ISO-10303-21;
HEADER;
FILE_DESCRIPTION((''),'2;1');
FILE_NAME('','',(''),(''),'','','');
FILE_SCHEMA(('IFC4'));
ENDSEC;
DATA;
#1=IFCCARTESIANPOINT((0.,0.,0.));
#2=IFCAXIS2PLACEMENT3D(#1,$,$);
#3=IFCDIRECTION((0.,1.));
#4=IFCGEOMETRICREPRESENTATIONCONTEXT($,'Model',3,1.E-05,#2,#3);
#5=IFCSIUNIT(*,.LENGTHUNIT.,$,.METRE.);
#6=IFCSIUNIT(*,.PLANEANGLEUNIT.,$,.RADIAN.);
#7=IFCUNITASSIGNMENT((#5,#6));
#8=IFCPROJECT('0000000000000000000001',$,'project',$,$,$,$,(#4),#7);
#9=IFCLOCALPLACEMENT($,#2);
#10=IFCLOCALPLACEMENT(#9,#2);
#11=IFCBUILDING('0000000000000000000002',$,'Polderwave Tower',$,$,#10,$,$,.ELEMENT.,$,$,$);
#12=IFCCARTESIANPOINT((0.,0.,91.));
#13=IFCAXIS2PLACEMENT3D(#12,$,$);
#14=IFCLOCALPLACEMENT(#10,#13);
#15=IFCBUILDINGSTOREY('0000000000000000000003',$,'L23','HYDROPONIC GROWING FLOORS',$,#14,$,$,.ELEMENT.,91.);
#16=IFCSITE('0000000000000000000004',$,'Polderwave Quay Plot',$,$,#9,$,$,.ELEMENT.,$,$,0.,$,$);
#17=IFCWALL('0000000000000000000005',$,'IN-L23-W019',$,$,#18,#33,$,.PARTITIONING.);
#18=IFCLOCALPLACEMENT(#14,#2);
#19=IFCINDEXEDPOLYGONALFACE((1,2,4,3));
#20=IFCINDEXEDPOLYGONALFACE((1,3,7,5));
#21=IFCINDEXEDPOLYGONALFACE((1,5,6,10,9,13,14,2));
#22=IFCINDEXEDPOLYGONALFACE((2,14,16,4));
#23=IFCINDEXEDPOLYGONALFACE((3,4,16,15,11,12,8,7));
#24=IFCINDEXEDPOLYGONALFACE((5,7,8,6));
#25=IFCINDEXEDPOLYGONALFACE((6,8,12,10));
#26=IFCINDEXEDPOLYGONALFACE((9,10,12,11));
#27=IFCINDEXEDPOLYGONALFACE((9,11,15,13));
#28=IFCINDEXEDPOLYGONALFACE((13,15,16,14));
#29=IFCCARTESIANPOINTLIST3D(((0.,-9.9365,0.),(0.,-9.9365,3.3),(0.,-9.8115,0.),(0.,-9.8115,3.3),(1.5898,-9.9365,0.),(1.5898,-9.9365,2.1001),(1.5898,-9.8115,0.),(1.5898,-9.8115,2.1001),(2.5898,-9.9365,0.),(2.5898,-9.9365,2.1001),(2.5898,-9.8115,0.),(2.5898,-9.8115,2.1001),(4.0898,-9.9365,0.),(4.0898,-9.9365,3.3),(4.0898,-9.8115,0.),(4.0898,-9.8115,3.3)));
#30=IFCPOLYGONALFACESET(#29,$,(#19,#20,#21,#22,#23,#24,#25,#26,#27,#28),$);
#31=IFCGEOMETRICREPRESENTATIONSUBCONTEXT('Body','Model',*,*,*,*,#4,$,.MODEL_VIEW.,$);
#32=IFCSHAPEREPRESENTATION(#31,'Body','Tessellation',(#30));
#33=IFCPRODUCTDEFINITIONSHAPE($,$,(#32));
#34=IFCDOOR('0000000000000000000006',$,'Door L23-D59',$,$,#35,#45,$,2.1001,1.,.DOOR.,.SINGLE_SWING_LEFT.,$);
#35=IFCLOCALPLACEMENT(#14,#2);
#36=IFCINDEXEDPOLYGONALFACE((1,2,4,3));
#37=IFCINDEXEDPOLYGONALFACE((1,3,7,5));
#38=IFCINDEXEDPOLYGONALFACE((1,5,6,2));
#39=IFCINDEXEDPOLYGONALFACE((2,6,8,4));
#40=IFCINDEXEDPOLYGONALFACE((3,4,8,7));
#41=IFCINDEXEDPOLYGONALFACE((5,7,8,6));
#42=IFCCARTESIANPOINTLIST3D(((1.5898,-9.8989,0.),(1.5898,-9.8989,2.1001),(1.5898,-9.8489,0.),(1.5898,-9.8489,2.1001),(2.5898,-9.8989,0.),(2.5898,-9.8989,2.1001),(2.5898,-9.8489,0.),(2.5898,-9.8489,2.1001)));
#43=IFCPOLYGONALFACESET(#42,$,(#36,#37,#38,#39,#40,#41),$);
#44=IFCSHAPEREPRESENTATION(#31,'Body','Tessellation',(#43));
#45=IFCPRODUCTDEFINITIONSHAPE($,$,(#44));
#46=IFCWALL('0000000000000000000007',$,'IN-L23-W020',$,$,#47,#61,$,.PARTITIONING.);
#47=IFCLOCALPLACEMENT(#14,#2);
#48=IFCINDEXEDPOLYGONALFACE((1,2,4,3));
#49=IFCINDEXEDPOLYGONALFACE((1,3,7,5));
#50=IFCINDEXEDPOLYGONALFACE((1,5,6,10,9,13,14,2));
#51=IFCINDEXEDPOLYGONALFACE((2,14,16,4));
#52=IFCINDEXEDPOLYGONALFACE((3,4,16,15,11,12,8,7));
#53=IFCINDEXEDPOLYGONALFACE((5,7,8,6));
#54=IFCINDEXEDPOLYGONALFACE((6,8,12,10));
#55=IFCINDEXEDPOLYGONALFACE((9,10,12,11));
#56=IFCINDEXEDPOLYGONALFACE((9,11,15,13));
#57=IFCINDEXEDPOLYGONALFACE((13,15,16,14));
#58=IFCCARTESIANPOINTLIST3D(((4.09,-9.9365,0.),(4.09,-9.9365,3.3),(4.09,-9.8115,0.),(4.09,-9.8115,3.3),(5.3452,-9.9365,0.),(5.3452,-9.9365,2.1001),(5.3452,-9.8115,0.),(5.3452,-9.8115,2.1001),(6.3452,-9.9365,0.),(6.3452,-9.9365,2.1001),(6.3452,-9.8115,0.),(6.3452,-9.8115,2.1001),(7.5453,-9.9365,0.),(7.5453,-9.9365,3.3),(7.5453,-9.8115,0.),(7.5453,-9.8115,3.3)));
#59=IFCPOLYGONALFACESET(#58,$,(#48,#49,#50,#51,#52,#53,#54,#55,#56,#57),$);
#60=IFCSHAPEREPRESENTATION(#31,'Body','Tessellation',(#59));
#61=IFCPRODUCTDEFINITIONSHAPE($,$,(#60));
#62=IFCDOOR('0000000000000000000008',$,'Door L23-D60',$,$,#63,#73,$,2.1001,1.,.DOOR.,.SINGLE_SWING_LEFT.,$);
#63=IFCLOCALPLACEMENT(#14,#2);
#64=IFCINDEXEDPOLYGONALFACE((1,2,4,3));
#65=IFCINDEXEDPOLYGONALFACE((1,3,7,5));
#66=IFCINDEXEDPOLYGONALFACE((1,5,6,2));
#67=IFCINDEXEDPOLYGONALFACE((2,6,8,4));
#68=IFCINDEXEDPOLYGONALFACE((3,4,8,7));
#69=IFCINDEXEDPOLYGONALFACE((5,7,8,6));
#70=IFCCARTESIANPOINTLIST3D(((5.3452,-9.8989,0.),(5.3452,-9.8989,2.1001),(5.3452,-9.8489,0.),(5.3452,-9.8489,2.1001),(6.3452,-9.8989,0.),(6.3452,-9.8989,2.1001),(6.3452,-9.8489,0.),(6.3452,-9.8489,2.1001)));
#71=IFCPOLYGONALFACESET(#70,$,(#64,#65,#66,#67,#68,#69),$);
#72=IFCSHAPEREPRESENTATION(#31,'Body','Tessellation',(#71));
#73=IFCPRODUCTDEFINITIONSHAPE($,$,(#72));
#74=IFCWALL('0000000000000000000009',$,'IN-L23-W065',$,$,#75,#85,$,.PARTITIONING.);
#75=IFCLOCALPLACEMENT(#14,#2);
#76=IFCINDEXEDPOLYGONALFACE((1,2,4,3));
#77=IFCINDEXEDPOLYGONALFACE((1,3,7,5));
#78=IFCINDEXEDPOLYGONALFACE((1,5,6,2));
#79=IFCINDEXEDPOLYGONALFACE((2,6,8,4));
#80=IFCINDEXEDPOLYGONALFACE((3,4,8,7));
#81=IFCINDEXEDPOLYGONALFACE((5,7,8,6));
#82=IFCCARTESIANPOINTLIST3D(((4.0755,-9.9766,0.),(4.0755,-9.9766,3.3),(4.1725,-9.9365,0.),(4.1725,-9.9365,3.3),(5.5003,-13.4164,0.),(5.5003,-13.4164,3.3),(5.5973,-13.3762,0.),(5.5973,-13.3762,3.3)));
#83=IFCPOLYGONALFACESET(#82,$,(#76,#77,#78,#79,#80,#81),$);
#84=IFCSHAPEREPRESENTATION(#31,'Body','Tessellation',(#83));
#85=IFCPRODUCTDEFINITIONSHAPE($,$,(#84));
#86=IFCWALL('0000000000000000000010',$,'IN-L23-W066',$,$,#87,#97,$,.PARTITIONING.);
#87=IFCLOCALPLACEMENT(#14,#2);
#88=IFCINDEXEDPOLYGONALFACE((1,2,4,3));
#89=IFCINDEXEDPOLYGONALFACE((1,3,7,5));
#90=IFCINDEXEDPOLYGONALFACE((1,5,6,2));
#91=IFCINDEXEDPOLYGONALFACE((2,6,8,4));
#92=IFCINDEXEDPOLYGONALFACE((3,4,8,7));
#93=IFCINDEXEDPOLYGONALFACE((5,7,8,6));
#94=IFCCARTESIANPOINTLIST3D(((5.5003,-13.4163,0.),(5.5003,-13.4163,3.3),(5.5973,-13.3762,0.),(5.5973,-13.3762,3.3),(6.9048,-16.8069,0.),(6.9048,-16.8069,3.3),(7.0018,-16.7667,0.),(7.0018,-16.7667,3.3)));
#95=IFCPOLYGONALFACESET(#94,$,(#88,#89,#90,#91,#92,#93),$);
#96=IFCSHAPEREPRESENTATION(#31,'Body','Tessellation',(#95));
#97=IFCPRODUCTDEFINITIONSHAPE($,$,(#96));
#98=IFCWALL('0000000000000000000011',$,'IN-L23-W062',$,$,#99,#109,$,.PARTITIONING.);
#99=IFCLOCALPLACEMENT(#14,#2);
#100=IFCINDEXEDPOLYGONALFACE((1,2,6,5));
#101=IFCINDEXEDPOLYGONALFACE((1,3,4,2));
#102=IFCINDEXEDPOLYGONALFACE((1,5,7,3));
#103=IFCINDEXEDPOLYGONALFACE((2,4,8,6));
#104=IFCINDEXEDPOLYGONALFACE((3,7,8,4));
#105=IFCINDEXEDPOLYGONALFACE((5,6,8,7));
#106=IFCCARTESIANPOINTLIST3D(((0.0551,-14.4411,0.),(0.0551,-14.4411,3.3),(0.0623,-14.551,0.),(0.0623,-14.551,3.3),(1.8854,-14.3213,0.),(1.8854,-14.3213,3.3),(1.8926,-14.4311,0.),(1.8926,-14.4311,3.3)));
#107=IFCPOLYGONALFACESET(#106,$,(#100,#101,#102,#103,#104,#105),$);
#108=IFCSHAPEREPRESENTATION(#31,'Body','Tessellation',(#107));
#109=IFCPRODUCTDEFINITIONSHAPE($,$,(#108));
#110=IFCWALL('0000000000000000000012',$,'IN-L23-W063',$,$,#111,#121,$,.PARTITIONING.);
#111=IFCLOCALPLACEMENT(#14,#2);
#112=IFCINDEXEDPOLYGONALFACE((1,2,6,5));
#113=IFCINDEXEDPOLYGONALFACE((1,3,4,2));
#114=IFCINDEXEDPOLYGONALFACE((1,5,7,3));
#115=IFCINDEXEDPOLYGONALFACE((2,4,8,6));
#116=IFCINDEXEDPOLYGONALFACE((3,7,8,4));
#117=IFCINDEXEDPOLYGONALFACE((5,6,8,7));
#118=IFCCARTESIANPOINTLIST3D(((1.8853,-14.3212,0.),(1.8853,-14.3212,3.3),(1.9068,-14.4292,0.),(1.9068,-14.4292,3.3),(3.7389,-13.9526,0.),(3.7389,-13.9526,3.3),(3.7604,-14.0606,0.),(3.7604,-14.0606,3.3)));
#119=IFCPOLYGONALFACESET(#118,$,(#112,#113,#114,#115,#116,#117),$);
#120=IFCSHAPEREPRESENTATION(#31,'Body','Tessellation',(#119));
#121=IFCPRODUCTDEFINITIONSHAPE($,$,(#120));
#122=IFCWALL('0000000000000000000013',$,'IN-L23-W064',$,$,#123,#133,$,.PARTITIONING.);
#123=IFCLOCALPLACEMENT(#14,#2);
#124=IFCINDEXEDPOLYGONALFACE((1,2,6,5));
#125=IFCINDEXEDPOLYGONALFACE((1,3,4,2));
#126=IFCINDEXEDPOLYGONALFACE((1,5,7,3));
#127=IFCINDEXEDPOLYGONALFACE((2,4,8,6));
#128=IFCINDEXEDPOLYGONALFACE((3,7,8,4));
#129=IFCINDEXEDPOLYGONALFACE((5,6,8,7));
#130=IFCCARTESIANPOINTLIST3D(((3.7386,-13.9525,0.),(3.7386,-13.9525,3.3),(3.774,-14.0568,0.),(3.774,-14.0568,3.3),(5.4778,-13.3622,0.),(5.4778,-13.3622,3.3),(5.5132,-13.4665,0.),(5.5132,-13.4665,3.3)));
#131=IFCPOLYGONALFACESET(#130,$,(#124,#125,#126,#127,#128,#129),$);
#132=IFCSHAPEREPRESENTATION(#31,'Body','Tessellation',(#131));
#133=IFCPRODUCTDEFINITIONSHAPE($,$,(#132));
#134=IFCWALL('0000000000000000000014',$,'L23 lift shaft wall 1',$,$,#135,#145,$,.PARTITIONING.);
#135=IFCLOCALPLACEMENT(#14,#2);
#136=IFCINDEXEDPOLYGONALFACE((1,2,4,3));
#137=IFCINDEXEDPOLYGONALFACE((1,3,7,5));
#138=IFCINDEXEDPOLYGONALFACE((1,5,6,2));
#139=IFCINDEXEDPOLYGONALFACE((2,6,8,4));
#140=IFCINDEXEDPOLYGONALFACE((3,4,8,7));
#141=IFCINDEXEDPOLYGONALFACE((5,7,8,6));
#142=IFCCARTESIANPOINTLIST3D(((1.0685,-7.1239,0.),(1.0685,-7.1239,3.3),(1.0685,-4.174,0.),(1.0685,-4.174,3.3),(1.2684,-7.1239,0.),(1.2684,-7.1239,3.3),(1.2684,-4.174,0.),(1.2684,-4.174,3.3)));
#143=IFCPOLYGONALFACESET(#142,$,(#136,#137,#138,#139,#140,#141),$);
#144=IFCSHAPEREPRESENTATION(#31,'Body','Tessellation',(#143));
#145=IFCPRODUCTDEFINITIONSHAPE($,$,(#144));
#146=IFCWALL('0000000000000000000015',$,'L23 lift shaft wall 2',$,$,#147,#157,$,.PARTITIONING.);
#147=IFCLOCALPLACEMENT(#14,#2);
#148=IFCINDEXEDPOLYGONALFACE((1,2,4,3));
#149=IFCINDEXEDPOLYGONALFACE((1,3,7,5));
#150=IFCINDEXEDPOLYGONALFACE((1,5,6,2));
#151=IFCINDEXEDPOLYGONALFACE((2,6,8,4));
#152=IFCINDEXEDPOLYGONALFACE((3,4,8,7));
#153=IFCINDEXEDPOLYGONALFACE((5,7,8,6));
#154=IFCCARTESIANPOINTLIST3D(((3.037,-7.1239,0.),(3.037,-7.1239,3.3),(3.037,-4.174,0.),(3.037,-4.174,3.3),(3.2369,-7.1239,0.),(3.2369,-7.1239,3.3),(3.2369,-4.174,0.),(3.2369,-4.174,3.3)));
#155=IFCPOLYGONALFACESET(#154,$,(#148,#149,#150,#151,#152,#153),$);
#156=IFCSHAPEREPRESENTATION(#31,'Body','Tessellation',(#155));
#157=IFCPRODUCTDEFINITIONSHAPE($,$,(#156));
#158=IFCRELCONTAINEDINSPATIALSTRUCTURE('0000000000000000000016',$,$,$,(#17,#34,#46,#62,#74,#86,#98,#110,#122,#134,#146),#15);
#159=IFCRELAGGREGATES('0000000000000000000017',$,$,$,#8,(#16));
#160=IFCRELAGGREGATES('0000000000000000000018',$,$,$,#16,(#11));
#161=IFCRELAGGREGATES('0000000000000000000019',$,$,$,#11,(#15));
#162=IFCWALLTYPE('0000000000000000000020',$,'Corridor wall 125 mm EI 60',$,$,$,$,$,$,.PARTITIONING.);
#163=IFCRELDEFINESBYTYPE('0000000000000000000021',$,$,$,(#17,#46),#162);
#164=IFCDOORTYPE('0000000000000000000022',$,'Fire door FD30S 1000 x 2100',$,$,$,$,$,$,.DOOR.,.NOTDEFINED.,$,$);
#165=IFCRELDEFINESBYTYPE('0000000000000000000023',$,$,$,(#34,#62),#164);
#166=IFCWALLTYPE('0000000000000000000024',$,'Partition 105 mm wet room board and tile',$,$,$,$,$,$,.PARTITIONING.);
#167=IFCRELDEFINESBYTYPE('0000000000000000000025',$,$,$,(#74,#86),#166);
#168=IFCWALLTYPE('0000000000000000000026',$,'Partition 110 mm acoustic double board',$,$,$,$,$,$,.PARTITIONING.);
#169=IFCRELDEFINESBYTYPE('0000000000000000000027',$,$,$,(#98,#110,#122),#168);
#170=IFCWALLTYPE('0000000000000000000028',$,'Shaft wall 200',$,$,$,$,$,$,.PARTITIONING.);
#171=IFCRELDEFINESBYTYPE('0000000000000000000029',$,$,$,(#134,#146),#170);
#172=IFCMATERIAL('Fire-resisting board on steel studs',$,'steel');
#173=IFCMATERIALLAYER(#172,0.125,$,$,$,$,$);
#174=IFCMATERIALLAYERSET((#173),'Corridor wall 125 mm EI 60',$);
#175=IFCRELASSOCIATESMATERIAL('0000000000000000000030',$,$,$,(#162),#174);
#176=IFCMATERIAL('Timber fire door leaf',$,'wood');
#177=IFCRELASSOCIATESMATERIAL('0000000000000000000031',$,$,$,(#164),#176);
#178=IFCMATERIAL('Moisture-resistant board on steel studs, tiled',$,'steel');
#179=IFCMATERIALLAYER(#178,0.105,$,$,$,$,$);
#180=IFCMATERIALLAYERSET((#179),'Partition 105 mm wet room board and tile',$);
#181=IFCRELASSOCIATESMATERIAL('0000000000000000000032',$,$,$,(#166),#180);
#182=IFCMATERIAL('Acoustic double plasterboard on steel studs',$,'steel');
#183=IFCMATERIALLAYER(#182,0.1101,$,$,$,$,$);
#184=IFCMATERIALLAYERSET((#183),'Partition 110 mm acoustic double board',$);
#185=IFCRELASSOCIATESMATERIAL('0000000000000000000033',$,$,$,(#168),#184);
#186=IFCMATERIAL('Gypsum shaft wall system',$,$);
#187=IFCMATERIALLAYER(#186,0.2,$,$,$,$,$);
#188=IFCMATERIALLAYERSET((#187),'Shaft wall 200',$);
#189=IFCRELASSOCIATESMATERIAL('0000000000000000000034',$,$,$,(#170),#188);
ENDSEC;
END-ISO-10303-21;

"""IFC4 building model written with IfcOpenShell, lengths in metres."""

from ifc_helpers import new_model, si_unit, direction, frame, frame_2d, origin, place, context, subcontext, project, spatial, rectangle, extrude, material, layer, layer_set, type_object, element, fill, save


model = new_model("IFC4")

# Units and contexts
model_context = context("Model", 3, precision=1e-05, world=origin(), true_north=direction((0.0, 1.0)))
body_context = subcontext(model_context, "Body", "Model", "MODEL_VIEW")
ifc_project = project(units=[si_unit("LENGTHUNIT", "METRE"), si_unit("PLANEANGLEUNIT", "RADIAN")], contexts=[model_context])

# Site, building, storey
site_placement = place(None, origin())
site = spatial("IfcSite", under=ifc_project, at=site_placement, Name="Polderwave Quay Plot", CompositionType="ELEMENT", RefElevation=0.0)
building_placement = place(site_placement, origin())
building = spatial("IfcBuilding", under=site, at=building_placement, Name="Polderwave Tower", CompositionType="ELEMENT")
storey_placement = place(building_placement, frame((0.0, 0.0, 91.0)))
storey = spatial("IfcBuildingStorey", under=building, at=storey_placement, Name="L23", Description="HYDROPONIC GROWING FLOORS", CompositionType="ELEMENT", Elevation=91.0)

# Walls, openings, doors
ifc_material_1 = material(Name="Fire-resisting board on steel studs", Category="steel")
ifc_layer_1 = layer(ifc_material_1, 0.125)
ifc_layer_set_1 = layer_set([ifc_layer_1], Name="Corridor wall 125 mm EI 60")
wall_type_1 = type_object("IfcWallType", Name="Corridor wall 125 mm EI 60", PredefinedType="PARTITIONING", material=ifc_layer_set_1)
wall_1_placement = place(storey_placement, frame((4.0898, -9.874, 0.0), z_axis=(0.0, 0.0, 1.0), x_axis=(-1.0, 0.0, 0.0)))
wall_1 = element("IfcWall", 1, at=wall_1_placement, inside=storey, type_object=wall_type_1, Name="IN-L23-W019", PredefinedType="PARTITIONING", context=body_context, shape_type="SweptSolid", body=[
    extrude(rectangle(XDim=4.0898, YDim=0.125, at=frame_2d((2.0449, 0.0))), origin(), (0.0, 0.0, 1.0), 3.3),
])
opening_1_placement = place(wall_1_placement, frame((1.5, 0.0, 0.0)))
opening_1 = element("IfcOpeningElement", 2, at=opening_1_placement, cuts=wall_1, PredefinedType="OPENING", context=body_context, shape_type="SweptSolid", body=[
    extrude(rectangle(XDim=1.0, YDim=2.1001, at=frame_2d((0.5, 1.05))), frame((0.0, 0.0725, 0.0), z_axis=(0.0, -1.0, 0.0), x_axis=(1.0, 0.0, 0.0)), (0.0, 0.0, 1.0), 0.145),
])
ifc_material_2 = material(Name="Timber fire door leaf", Category="wood")
door_type = type_object("IfcDoorType", Name="Fire door FD30S 1000 x 2100", OperationType="NOTDEFINED", PredefinedType="DOOR", material=ifc_material_2)
door_1_placement = place(opening_1_placement, origin())
door_1 = element("IfcDoor", 3, at=door_1_placement, inside=storey, type_object=door_type, Name="Door L23-D59", OperationType="SINGLE_SWING_LEFT", OverallHeight=2.1001, OverallWidth=1.0, PredefinedType="DOOR", context=body_context, shape_type="SweptSolid", body=[
    extrude(rectangle(XDim=1.0, YDim=2.1001, at=frame_2d((0.5, 1.05))), frame((0.0, 0.0249, 0.0), z_axis=(0.0, -1.0, 0.0), x_axis=(1.0, 0.0, 0.0)), (0.0, 0.0, 1.0), 0.05),
])
fill(opening_1, door_1)
wall_2_placement = place(storey_placement, frame((7.5452, -9.874, 0.0), z_axis=(0.0, 0.0, 1.0), x_axis=(-1.0, 0.0, 0.0)))
wall_2 = element("IfcWall", 4, at=wall_2_placement, inside=storey, type_object=wall_type_1, Name="IN-L23-W020", PredefinedType="PARTITIONING", context=body_context, shape_type="SweptSolid", body=[
    extrude(rectangle(XDim=3.4553, YDim=0.125, at=frame_2d((1.7275, 0.0))), origin(), (0.0, 0.0, 1.0), 3.3),
])
opening_2_placement = place(wall_2_placement, frame((1.2, 0.0, 0.0)))
opening_2 = element("IfcOpeningElement", 5, at=opening_2_placement, cuts=wall_2, PredefinedType="OPENING", context=body_context, shape_type="SweptSolid", body=[
    extrude(rectangle(XDim=1.0, YDim=2.1001, at=frame_2d((0.5, 1.05))), frame((0.0, 0.0725, 0.0), z_axis=(0.0, -1.0, 0.0), x_axis=(1.0, 0.0, 0.0)), (0.0, 0.0, 1.0), 0.145),
])
door_2_placement = place(opening_2_placement, origin())
door_2 = element("IfcDoor", 6, at=door_2_placement, inside=storey, type_object=door_type, Name="Door L23-D60", OperationType="SINGLE_SWING_LEFT", OverallHeight=2.1001, OverallWidth=1.0, PredefinedType="DOOR", context=body_context, shape_type="SweptSolid", body=[
    extrude(rectangle(XDim=1.0, YDim=2.1001, at=frame_2d((0.5, 1.05))), frame((0.0, 0.0249, 0.0), z_axis=(0.0, -1.0, 0.0), x_axis=(1.0, 0.0, 0.0)), (0.0, 0.0, 1.0), 0.05),
])
fill(opening_2, door_2)

# Walls
ifc_material_3 = material(Name="Moisture-resistant board on steel studs, tiled", Category="steel")
ifc_layer_2 = layer(ifc_material_3, 0.105)
ifc_layer_set_2 = layer_set([ifc_layer_2], Name="Partition 105 mm wet room board and tile")
wall_type_2 = type_object("IfcWallType", Name="Partition 105 mm wet room board and tile", PredefinedType="PARTITIONING", material=ifc_layer_set_2)
wall_3_placement = place(storey_placement, frame((4.124, -9.9565, 0.0), z_axis=(0.0, 0.0, 1.0), x_axis=(0.382692, -0.923876, 0.0)))
element("IfcWall", 7, at=wall_3_placement, inside=storey, type_object=wall_type_2, Name="IN-L23-W065", PredefinedType="PARTITIONING", context=body_context, shape_type="SweptSolid", body=[
    extrude(rectangle(XDim=3.7231, YDim=0.105, at=frame_2d((1.8616, 0.0))), origin(), (0.0, 0.0, 1.0), 3.3),
])
wall_4_placement = place(storey_placement, frame((5.5488, -13.3962, 0.0), z_axis=(0.0, 0.0, 1.0), x_axis=(0.382706, -0.92387, 0.0)))
element("IfcWall", 8, at=wall_4_placement, inside=storey, type_object=wall_type_2, Name="IN-L23-W066", PredefinedType="PARTITIONING", context=body_context, shape_type="SweptSolid", body=[
    extrude(rectangle(XDim=3.6699, YDim=0.105, at=frame_2d((1.835, 0.0))), origin(), (0.0, 0.0, 1.0), 3.3),
])
ifc_material_4 = material(Name="Acoustic double plasterboard on steel studs", Category="steel")
ifc_layer_3 = layer(ifc_material_4, 0.1101)
ifc_layer_set_3 = layer_set([ifc_layer_3], Name="Partition 110 mm acoustic double board")
wall_type_3 = type_object("IfcWallType", Name="Partition 110 mm acoustic double board", PredefinedType="PARTITIONING", material=ifc_layer_set_3)
wall_5_placement = place(storey_placement, frame((1.8889, -14.3762, 0.0), z_axis=(0.0, 0.0, 1.0), x_axis=(-0.997862, -0.065353, 0.0)))
element("IfcWall", 9, at=wall_5_placement, inside=storey, type_object=wall_type_3, Name="IN-L23-W062", PredefinedType="PARTITIONING", context=body_context, shape_type="SweptSolid", body=[
    extrude(rectangle(XDim=1.8342, YDim=0.1101, at=frame_2d((0.917, 0.0))), origin(), (0.0, 0.0, 1.0), 3.3),
])
wall_6_placement = place(storey_placement, frame((3.7495, -14.0066, 0.0), z_axis=(0.0, 0.0, 1.0), x_axis=(-0.980789, -0.195073, 0.0)))
element("IfcWall", 10, at=wall_6_placement, inside=storey, type_object=wall_type_3, Name="IN-L23-W063", PredefinedType="PARTITIONING", context=body_context, shape_type="SweptSolid", body=[
    extrude(rectangle(XDim=1.8899, YDim=0.1101, at=frame_2d((0.9448, 0.0))), origin(), (0.0, 0.0, 1.0), 3.3),
])
wall_7_placement = place(storey_placement, frame((5.4956, -13.4143, 0.0), z_axis=(0.0, 0.0, 1.0), x_axis=(-0.946941, -0.321407, 0.0)))
element("IfcWall", 11, at=wall_7_placement, inside=storey, type_object=wall_type_3, Name="IN-L23-W064", PredefinedType="PARTITIONING", context=body_context, shape_type="SweptSolid", body=[
    extrude(rectangle(XDim=1.8367, YDim=0.1101, at=frame_2d((0.9185, 0.0))), origin(), (0.0, 0.0, 1.0), 3.3),
])
ifc_material_5 = material(Name="Gypsum shaft wall system")
ifc_layer_4 = layer(ifc_material_5, 0.2)
ifc_layer_set_4 = layer_set([ifc_layer_4], Name="Shaft wall 200")
wall_type_4 = type_object("IfcWallType", Name="Shaft wall 200", PredefinedType="PARTITIONING", material=ifc_layer_set_4)
for number, where, z_axis, x_axis, name in (
    (12, (1.1685, -7.124, 0.0), (0.0, 0.0, 1.0), (0.0, 1.0, 0.0), "L23 lift shaft wall 1"),
    (13, (3.137, -7.124, 0.0), (0.0, 0.0, 1.0), (0.0, 1.0, 0.0), "L23 lift shaft wall 2"),
):
    element("IfcWall", number, at=place(storey_placement, frame(where, z_axis=z_axis, x_axis=x_axis)), inside=storey, type_object=wall_type_4, Name=name, PredefinedType="PARTITIONING", context=body_context, shape_type="SweptSolid", body=[
        extrude(rectangle(XDim=2.95, YDim=0.2, at=frame_2d((1.4751, 0.0))), origin(), (0.0, 0.0, 1.0), 3.3),
    ])

save(model, "model.ifc")
